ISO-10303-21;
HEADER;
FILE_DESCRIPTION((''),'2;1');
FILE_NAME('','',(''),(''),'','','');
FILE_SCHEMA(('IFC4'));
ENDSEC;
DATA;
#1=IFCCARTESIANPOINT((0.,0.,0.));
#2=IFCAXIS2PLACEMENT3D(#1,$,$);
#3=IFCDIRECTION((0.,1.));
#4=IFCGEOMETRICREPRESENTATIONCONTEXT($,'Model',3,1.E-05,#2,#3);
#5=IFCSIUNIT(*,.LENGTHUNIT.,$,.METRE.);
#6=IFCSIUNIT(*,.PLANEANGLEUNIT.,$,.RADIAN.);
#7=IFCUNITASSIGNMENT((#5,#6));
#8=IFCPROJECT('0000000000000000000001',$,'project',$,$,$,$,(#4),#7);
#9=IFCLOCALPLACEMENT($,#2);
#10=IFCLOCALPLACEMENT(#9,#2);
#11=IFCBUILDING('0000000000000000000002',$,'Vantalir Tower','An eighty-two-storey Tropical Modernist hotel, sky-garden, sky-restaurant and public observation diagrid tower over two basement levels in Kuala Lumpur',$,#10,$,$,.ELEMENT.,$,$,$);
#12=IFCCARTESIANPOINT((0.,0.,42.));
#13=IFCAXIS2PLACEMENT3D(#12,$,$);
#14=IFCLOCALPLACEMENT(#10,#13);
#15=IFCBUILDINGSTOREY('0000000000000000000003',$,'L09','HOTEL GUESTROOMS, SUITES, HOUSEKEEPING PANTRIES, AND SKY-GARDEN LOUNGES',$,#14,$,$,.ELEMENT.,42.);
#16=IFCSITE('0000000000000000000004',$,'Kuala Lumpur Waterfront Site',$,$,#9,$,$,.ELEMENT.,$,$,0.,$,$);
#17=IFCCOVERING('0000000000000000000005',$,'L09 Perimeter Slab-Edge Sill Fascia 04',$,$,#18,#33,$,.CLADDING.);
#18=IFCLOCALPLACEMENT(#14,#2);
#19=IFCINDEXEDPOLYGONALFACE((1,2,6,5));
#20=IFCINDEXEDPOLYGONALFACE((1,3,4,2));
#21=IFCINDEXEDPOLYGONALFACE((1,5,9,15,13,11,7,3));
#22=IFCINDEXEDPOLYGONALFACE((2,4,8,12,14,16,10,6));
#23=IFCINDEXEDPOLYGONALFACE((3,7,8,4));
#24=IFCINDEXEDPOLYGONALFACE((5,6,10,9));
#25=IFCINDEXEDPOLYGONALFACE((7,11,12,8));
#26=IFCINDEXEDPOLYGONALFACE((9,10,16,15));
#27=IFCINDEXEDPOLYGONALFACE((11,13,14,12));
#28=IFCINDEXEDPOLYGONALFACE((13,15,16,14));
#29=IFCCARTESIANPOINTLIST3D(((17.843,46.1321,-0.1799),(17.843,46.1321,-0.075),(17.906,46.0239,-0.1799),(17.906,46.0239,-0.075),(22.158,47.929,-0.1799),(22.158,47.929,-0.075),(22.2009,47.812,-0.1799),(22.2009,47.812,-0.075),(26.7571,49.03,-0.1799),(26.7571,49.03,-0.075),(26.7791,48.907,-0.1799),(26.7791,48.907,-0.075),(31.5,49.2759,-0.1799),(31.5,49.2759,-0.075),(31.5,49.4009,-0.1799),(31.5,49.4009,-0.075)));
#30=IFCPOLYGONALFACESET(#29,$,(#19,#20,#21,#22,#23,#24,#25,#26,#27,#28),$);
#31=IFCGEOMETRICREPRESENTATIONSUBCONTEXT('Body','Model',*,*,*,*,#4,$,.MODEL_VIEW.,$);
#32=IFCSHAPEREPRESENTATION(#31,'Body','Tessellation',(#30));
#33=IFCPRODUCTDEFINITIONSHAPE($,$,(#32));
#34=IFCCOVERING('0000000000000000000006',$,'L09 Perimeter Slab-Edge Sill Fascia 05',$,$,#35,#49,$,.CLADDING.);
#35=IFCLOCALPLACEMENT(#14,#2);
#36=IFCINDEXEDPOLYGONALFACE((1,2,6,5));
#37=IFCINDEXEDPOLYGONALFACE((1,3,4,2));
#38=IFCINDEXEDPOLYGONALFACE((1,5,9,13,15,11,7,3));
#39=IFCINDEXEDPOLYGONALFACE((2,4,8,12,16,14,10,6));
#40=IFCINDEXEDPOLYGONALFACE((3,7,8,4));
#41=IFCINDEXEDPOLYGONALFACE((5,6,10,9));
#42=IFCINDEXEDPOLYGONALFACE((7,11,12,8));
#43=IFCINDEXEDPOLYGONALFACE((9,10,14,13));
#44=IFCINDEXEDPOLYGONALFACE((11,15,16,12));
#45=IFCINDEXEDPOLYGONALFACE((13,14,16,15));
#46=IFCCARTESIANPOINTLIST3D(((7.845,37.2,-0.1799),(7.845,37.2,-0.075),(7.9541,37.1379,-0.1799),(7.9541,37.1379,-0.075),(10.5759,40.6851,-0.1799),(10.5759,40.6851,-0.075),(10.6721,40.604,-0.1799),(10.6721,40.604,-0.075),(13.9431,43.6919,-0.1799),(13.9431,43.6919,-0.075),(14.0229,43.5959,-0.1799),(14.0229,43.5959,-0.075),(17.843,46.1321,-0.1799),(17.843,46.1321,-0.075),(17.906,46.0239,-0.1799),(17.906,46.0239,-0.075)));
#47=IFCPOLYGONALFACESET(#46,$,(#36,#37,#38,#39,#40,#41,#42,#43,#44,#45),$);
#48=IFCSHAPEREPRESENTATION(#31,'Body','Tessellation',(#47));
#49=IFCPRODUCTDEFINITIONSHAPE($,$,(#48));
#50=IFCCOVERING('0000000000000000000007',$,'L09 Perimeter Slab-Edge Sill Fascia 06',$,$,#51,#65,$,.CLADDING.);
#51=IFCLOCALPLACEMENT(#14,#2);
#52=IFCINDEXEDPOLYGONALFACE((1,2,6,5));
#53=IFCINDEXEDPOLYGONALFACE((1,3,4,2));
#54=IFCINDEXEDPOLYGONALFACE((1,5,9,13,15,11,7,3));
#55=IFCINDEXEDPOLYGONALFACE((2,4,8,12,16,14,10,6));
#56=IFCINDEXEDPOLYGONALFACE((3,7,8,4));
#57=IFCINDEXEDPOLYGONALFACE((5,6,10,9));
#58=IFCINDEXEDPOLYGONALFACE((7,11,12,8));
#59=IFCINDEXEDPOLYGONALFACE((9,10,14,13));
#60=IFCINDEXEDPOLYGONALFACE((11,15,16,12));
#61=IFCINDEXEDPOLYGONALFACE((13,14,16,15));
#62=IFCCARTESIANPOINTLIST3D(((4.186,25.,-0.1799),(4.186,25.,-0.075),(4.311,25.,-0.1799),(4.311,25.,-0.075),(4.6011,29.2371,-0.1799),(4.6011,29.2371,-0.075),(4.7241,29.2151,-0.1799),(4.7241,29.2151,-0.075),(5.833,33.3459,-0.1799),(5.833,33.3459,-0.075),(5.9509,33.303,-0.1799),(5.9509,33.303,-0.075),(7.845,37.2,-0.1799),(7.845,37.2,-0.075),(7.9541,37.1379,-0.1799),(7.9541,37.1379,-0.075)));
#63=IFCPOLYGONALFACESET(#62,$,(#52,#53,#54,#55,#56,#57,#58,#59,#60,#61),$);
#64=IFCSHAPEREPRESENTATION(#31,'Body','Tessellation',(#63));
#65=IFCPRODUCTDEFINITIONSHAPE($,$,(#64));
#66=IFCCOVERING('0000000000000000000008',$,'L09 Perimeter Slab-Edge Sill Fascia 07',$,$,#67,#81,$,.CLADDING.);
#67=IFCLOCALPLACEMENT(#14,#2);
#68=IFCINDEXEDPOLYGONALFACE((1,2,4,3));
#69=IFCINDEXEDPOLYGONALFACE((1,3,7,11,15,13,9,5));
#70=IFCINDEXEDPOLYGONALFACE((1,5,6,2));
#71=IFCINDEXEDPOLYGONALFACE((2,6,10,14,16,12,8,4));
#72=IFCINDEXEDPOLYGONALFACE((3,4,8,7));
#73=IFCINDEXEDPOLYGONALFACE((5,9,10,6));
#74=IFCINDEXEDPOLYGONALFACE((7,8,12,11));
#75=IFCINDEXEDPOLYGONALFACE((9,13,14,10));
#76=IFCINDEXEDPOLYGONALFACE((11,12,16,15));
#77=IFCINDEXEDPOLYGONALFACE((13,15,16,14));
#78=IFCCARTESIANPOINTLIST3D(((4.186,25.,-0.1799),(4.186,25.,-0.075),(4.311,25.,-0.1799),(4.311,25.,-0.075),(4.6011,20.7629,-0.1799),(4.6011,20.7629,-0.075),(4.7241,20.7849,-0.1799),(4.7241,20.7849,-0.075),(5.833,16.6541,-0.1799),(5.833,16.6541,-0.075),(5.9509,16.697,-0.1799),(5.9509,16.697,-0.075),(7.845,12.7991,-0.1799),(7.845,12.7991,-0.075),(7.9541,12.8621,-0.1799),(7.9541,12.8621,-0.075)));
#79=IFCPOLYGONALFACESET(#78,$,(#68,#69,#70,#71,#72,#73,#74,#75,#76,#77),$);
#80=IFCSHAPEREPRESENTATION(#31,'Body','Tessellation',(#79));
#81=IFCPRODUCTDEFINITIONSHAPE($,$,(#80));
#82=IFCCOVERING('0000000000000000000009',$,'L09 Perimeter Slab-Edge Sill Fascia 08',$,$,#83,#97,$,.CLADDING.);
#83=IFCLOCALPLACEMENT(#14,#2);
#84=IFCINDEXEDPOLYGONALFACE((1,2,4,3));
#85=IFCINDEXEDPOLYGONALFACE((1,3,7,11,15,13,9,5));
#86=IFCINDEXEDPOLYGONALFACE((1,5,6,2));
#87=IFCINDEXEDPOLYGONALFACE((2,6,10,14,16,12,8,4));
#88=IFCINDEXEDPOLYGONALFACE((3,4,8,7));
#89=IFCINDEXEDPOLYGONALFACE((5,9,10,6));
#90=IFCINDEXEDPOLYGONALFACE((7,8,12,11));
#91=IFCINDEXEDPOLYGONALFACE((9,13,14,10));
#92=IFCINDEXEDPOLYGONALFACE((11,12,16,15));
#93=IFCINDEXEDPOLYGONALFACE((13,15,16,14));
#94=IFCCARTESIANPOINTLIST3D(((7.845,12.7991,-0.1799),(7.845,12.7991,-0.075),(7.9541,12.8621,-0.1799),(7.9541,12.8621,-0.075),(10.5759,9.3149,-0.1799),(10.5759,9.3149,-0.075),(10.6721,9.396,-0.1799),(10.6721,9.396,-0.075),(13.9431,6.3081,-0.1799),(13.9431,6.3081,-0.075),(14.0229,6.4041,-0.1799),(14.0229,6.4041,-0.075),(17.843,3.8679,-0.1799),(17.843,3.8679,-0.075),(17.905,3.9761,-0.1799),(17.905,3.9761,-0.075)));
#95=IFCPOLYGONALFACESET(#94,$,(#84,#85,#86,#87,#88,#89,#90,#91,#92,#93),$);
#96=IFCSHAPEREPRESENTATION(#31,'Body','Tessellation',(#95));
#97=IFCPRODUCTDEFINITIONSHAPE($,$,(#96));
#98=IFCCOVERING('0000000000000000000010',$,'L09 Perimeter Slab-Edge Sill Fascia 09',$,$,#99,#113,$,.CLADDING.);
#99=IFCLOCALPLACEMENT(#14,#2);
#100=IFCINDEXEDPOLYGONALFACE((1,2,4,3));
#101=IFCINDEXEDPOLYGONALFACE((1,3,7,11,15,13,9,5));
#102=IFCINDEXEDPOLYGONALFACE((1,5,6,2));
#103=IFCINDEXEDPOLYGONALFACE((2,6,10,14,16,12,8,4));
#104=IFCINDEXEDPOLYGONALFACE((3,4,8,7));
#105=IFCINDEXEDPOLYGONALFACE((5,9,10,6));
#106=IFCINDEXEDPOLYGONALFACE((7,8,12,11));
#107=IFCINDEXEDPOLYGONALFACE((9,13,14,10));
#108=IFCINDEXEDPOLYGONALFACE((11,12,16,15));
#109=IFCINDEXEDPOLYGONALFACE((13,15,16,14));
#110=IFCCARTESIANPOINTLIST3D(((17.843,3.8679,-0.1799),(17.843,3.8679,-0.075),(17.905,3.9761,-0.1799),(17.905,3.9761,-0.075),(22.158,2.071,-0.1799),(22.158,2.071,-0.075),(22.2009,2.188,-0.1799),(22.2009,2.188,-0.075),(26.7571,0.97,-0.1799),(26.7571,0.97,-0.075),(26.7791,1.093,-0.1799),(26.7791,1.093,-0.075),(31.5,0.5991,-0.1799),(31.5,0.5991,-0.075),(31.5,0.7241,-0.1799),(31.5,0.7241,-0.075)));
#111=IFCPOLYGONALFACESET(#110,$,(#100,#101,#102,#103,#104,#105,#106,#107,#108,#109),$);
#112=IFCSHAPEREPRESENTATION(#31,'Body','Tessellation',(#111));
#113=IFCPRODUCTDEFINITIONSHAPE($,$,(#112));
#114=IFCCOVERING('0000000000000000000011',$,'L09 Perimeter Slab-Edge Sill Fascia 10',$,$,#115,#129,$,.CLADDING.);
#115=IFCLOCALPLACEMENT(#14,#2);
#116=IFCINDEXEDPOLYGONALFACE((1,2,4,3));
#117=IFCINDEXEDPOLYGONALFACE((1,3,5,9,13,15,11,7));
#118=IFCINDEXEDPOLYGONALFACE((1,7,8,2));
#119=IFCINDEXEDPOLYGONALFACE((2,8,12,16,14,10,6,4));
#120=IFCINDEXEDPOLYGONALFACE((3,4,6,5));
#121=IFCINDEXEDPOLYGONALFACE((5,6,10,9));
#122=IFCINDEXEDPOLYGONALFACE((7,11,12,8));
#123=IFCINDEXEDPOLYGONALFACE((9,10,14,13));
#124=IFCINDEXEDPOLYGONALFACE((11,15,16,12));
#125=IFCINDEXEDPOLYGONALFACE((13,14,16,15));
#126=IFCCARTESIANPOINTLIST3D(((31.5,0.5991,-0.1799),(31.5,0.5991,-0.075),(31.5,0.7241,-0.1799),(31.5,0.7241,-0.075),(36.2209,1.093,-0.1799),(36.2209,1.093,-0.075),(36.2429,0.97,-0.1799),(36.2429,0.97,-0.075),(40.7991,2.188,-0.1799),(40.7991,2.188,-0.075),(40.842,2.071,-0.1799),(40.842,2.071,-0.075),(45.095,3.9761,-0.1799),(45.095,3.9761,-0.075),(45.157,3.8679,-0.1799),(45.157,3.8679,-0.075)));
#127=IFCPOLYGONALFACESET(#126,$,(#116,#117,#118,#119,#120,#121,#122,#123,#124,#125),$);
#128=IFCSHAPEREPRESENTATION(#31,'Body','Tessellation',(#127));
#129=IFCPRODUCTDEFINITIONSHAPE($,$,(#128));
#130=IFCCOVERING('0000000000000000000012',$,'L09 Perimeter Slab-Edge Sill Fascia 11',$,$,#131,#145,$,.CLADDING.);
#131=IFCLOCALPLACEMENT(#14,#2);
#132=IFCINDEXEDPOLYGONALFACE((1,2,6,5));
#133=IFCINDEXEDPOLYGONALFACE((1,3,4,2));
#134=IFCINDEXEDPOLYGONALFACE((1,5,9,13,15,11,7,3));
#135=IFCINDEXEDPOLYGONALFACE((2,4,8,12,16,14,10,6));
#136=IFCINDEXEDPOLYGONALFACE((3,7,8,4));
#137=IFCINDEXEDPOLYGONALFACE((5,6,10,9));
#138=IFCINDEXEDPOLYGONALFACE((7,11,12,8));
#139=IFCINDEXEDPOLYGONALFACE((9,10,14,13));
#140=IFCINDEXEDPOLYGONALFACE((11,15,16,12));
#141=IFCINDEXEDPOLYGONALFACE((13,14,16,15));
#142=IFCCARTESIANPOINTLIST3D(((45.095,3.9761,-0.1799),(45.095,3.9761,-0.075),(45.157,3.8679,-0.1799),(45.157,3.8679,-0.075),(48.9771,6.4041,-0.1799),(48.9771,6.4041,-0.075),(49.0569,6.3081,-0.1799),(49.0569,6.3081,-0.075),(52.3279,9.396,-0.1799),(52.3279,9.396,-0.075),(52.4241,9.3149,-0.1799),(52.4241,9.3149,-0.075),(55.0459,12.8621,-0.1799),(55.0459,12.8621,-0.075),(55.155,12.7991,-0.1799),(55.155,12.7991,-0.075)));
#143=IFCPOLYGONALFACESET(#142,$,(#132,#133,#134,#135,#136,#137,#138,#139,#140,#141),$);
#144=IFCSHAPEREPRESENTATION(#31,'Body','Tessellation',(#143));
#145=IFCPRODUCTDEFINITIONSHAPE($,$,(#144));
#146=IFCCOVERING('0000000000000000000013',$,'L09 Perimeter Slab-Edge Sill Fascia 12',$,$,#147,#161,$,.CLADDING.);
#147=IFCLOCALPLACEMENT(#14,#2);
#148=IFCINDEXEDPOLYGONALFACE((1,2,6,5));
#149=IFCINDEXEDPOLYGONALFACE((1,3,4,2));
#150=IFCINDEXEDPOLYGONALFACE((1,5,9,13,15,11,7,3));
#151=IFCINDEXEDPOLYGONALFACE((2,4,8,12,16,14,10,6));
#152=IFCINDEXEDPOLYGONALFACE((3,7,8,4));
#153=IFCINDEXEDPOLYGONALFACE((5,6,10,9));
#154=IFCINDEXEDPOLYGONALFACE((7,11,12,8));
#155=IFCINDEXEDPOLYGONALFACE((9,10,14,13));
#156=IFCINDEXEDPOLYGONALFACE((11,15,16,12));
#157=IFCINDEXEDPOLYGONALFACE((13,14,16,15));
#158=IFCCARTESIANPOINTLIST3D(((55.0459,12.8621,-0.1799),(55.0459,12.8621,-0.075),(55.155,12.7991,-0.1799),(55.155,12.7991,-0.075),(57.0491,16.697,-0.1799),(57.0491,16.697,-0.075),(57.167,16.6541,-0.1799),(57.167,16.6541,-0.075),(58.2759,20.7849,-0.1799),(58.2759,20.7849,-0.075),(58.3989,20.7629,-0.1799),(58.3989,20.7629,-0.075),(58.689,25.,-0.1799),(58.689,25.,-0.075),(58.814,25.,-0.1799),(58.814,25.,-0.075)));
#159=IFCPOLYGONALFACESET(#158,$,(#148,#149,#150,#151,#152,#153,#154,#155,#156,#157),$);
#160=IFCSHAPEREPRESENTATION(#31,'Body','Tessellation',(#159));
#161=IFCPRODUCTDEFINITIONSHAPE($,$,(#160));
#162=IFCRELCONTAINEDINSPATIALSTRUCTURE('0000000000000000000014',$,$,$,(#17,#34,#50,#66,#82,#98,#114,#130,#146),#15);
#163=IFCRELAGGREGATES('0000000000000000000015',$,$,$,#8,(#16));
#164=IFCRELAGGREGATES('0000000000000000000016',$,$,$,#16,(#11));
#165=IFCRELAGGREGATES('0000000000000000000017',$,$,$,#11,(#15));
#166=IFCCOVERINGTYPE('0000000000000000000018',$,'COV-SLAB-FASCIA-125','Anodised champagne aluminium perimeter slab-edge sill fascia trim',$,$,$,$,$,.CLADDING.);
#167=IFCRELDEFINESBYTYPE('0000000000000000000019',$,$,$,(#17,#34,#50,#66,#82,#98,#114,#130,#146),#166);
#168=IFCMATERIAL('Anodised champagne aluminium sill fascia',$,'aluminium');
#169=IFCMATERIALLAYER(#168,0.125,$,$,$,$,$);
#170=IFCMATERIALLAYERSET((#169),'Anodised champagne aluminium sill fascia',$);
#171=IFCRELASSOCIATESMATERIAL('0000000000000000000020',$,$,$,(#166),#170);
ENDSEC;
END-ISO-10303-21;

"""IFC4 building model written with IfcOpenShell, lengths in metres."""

from ifc_helpers import new_model, si_unit, direction, frame, origin, place, context, subcontext, project, spatial, polyline, outline, extrude, material, layer, layer_set, type_object, element, save


model = new_model("IFC4")

# Units and contexts
model_context = context("Model", 3, precision=1e-05, world=origin(), true_north=direction((0.0, 1.0)))
body_context = subcontext(model_context, "Body", "Model", "MODEL_VIEW")
ifc_project = project(units=[si_unit("LENGTHUNIT", "METRE"), si_unit("PLANEANGLEUNIT", "RADIAN")], contexts=[model_context])

# Site, building, storey
site_placement = place(None, origin())
site = spatial("IfcSite", under=ifc_project, at=site_placement, Name="Kuala Lumpur Waterfront Site", CompositionType="ELEMENT", RefElevation=0.0)
building_placement = place(site_placement, origin())
building = spatial("IfcBuilding", under=site, at=building_placement, Name="Vantalir Tower", Description="An eighty-two-storey Tropical Modernist hotel, sky-garden, sky-restaurant and public observation diagrid tower over two basement levels in Kuala Lumpur", CompositionType="ELEMENT")
storey_placement = place(building_placement, frame((0.0, 0.0, 42.0)))
storey = spatial("IfcBuildingStorey", under=building, at=storey_placement, Name="L09", Description="HOTEL GUESTROOMS, SUITES, HOUSEKEEPING PANTRIES, AND SKY-GARDEN LOUNGES", CompositionType="ELEMENT", Elevation=42.0)

# Coverings
ifc_material_1 = material(Name="Anodised champagne aluminium sill fascia", Category="aluminium")
ifc_layer_1 = layer(ifc_material_1, 0.125)
ifc_layer_set_1 = layer_set([ifc_layer_1], Name="Anodised champagne aluminium sill fascia")
covering_type = type_object("IfcCoveringType", Name="COV-SLAB-FASCIA-125", Description="Anodised champagne aluminium perimeter slab-edge sill fascia trim", PredefinedType="CLADDING", material=ifc_layer_set_1)
covering_1_placement = place(storey_placement, frame((0.0, 0.0, -0.1799)))
element("IfcCovering", 1, at=covering_1_placement, inside=storey, type_object=covering_type, Name="L09 Perimeter Slab-Edge Sill Fascia 04", PredefinedType="CLADDING", context=body_context, shape_type="SweptSolid", body=[
    extrude(outline(polyline([(31.5, 49.4009), (26.7571, 49.03), (22.158, 47.929), (17.843, 46.1321), (17.906, 46.0239), (22.2009, 47.812), (26.7791, 48.907), (31.5, 49.2759), (31.5, 49.4009)])), origin(), (0.0, 0.0, 1.0), 0.105),
])
covering_2_placement = place(storey_placement, frame((0.0, 0.0, -0.1799)))
element("IfcCovering", 2, at=covering_2_placement, inside=storey, type_object=covering_type, Name="L09 Perimeter Slab-Edge Sill Fascia 05", PredefinedType="CLADDING", context=body_context, shape_type="SweptSolid", body=[
    extrude(outline(polyline([(17.843, 46.1321), (13.9431, 43.6919), (10.5759, 40.6851), (7.845, 37.2), (7.9541, 37.1379), (10.6721, 40.604), (14.0229, 43.5959), (17.906, 46.0239), (17.843, 46.1321)])), origin(), (0.0, 0.0, 1.0), 0.105),
])
covering_3_placement = place(storey_placement, frame((0.0, 0.0, -0.1799)))
element("IfcCovering", 3, at=covering_3_placement, inside=storey, type_object=covering_type, Name="L09 Perimeter Slab-Edge Sill Fascia 06", PredefinedType="CLADDING", context=body_context, shape_type="SweptSolid", body=[
    extrude(outline(polyline([(7.845, 37.2), (5.833, 33.3459), (4.6011, 29.2371), (4.186, 25.0), (4.311, 25.0), (4.7241, 29.2151), (5.9509, 33.303), (7.9541, 37.1379), (7.845, 37.2)])), origin(), (0.0, 0.0, 1.0), 0.105),
])
covering_4_placement = place(storey_placement, frame((0.0, 0.0, -0.1799)))
element("IfcCovering", 4, at=covering_4_placement, inside=storey, type_object=covering_type, Name="L09 Perimeter Slab-Edge Sill Fascia 07", PredefinedType="CLADDING", context=body_context, shape_type="SweptSolid", body=[
    extrude(outline(polyline([(4.186, 25.0), (4.6011, 20.7629), (5.833, 16.6541), (7.845, 12.7991), (7.9541, 12.8621), (5.9509, 16.697), (4.7241, 20.7849), (4.311, 25.0), (4.186, 25.0)])), origin(), (0.0, 0.0, 1.0), 0.105),
])
covering_5_placement = place(storey_placement, frame((0.0, 0.0, -0.1799)))
element("IfcCovering", 5, at=covering_5_placement, inside=storey, type_object=covering_type, Name="L09 Perimeter Slab-Edge Sill Fascia 08", PredefinedType="CLADDING", context=body_context, shape_type="SweptSolid", body=[
    extrude(outline(polyline([(7.845, 12.7991), (10.5759, 9.3149), (13.9431, 6.3081), (17.843, 3.8679), (17.905, 3.9761), (14.0229, 6.4041), (10.6721, 9.396), (7.9541, 12.8621), (7.845, 12.7991)])), origin(), (0.0, 0.0, 1.0), 0.105),
])
covering_6_placement = place(storey_placement, frame((0.0, 0.0, -0.1799)))
element("IfcCovering", 6, at=covering_6_placement, inside=storey, type_object=covering_type, Name="L09 Perimeter Slab-Edge Sill Fascia 09", PredefinedType="CLADDING", context=body_context, shape_type="SweptSolid", body=[
    extrude(outline(polyline([(17.843, 3.8679), (22.158, 2.071), (26.7571, 0.97), (31.5, 0.5991), (31.5, 0.7241), (26.7791, 1.093), (22.2009, 2.188), (17.905, 3.9761), (17.843, 3.8679)])), origin(), (0.0, 0.0, 1.0), 0.105),
])
covering_7_placement = place(storey_placement, frame((0.0, 0.0, -0.1799)))
element("IfcCovering", 7, at=covering_7_placement, inside=storey, type_object=covering_type, Name="L09 Perimeter Slab-Edge Sill Fascia 10", PredefinedType="CLADDING", context=body_context, shape_type="SweptSolid", body=[
    extrude(outline(polyline([(31.5, 0.5991), (36.2429, 0.97), (40.842, 2.071), (45.157, 3.8679), (45.095, 3.9761), (40.7991, 2.188), (36.2209, 1.093), (31.5, 0.7241), (31.5, 0.5991)])), origin(), (0.0, 0.0, 1.0), 0.105),
])
covering_8_placement = place(storey_placement, frame((0.0, 0.0, -0.1799)))
element("IfcCovering", 8, at=covering_8_placement, inside=storey, type_object=covering_type, Name="L09 Perimeter Slab-Edge Sill Fascia 11", PredefinedType="CLADDING", context=body_context, shape_type="SweptSolid", body=[
    extrude(outline(polyline([(45.157, 3.8679), (49.0569, 6.3081), (52.4241, 9.3149), (55.155, 12.7991), (55.0459, 12.8621), (52.3279, 9.396), (48.9771, 6.4041), (45.095, 3.9761), (45.157, 3.8679)])), origin(), (0.0, 0.0, 1.0), 0.105),
])
covering_9_placement = place(storey_placement, frame((0.0, 0.0, -0.1799)))
element("IfcCovering", 9, at=covering_9_placement, inside=storey, type_object=covering_type, Name="L09 Perimeter Slab-Edge Sill Fascia 12", PredefinedType="CLADDING", context=body_context, shape_type="SweptSolid", body=[
    extrude(outline(polyline([(55.155, 12.7991), (57.167, 16.6541), (58.3989, 20.7629), (58.814, 25.0), (58.689, 25.0), (58.2759, 20.7849), (57.0491, 16.697), (55.0459, 12.8621), (55.155, 12.7991)])), origin(), (0.0, 0.0, 1.0), 0.105),
])

save(model, "model.ifc")
